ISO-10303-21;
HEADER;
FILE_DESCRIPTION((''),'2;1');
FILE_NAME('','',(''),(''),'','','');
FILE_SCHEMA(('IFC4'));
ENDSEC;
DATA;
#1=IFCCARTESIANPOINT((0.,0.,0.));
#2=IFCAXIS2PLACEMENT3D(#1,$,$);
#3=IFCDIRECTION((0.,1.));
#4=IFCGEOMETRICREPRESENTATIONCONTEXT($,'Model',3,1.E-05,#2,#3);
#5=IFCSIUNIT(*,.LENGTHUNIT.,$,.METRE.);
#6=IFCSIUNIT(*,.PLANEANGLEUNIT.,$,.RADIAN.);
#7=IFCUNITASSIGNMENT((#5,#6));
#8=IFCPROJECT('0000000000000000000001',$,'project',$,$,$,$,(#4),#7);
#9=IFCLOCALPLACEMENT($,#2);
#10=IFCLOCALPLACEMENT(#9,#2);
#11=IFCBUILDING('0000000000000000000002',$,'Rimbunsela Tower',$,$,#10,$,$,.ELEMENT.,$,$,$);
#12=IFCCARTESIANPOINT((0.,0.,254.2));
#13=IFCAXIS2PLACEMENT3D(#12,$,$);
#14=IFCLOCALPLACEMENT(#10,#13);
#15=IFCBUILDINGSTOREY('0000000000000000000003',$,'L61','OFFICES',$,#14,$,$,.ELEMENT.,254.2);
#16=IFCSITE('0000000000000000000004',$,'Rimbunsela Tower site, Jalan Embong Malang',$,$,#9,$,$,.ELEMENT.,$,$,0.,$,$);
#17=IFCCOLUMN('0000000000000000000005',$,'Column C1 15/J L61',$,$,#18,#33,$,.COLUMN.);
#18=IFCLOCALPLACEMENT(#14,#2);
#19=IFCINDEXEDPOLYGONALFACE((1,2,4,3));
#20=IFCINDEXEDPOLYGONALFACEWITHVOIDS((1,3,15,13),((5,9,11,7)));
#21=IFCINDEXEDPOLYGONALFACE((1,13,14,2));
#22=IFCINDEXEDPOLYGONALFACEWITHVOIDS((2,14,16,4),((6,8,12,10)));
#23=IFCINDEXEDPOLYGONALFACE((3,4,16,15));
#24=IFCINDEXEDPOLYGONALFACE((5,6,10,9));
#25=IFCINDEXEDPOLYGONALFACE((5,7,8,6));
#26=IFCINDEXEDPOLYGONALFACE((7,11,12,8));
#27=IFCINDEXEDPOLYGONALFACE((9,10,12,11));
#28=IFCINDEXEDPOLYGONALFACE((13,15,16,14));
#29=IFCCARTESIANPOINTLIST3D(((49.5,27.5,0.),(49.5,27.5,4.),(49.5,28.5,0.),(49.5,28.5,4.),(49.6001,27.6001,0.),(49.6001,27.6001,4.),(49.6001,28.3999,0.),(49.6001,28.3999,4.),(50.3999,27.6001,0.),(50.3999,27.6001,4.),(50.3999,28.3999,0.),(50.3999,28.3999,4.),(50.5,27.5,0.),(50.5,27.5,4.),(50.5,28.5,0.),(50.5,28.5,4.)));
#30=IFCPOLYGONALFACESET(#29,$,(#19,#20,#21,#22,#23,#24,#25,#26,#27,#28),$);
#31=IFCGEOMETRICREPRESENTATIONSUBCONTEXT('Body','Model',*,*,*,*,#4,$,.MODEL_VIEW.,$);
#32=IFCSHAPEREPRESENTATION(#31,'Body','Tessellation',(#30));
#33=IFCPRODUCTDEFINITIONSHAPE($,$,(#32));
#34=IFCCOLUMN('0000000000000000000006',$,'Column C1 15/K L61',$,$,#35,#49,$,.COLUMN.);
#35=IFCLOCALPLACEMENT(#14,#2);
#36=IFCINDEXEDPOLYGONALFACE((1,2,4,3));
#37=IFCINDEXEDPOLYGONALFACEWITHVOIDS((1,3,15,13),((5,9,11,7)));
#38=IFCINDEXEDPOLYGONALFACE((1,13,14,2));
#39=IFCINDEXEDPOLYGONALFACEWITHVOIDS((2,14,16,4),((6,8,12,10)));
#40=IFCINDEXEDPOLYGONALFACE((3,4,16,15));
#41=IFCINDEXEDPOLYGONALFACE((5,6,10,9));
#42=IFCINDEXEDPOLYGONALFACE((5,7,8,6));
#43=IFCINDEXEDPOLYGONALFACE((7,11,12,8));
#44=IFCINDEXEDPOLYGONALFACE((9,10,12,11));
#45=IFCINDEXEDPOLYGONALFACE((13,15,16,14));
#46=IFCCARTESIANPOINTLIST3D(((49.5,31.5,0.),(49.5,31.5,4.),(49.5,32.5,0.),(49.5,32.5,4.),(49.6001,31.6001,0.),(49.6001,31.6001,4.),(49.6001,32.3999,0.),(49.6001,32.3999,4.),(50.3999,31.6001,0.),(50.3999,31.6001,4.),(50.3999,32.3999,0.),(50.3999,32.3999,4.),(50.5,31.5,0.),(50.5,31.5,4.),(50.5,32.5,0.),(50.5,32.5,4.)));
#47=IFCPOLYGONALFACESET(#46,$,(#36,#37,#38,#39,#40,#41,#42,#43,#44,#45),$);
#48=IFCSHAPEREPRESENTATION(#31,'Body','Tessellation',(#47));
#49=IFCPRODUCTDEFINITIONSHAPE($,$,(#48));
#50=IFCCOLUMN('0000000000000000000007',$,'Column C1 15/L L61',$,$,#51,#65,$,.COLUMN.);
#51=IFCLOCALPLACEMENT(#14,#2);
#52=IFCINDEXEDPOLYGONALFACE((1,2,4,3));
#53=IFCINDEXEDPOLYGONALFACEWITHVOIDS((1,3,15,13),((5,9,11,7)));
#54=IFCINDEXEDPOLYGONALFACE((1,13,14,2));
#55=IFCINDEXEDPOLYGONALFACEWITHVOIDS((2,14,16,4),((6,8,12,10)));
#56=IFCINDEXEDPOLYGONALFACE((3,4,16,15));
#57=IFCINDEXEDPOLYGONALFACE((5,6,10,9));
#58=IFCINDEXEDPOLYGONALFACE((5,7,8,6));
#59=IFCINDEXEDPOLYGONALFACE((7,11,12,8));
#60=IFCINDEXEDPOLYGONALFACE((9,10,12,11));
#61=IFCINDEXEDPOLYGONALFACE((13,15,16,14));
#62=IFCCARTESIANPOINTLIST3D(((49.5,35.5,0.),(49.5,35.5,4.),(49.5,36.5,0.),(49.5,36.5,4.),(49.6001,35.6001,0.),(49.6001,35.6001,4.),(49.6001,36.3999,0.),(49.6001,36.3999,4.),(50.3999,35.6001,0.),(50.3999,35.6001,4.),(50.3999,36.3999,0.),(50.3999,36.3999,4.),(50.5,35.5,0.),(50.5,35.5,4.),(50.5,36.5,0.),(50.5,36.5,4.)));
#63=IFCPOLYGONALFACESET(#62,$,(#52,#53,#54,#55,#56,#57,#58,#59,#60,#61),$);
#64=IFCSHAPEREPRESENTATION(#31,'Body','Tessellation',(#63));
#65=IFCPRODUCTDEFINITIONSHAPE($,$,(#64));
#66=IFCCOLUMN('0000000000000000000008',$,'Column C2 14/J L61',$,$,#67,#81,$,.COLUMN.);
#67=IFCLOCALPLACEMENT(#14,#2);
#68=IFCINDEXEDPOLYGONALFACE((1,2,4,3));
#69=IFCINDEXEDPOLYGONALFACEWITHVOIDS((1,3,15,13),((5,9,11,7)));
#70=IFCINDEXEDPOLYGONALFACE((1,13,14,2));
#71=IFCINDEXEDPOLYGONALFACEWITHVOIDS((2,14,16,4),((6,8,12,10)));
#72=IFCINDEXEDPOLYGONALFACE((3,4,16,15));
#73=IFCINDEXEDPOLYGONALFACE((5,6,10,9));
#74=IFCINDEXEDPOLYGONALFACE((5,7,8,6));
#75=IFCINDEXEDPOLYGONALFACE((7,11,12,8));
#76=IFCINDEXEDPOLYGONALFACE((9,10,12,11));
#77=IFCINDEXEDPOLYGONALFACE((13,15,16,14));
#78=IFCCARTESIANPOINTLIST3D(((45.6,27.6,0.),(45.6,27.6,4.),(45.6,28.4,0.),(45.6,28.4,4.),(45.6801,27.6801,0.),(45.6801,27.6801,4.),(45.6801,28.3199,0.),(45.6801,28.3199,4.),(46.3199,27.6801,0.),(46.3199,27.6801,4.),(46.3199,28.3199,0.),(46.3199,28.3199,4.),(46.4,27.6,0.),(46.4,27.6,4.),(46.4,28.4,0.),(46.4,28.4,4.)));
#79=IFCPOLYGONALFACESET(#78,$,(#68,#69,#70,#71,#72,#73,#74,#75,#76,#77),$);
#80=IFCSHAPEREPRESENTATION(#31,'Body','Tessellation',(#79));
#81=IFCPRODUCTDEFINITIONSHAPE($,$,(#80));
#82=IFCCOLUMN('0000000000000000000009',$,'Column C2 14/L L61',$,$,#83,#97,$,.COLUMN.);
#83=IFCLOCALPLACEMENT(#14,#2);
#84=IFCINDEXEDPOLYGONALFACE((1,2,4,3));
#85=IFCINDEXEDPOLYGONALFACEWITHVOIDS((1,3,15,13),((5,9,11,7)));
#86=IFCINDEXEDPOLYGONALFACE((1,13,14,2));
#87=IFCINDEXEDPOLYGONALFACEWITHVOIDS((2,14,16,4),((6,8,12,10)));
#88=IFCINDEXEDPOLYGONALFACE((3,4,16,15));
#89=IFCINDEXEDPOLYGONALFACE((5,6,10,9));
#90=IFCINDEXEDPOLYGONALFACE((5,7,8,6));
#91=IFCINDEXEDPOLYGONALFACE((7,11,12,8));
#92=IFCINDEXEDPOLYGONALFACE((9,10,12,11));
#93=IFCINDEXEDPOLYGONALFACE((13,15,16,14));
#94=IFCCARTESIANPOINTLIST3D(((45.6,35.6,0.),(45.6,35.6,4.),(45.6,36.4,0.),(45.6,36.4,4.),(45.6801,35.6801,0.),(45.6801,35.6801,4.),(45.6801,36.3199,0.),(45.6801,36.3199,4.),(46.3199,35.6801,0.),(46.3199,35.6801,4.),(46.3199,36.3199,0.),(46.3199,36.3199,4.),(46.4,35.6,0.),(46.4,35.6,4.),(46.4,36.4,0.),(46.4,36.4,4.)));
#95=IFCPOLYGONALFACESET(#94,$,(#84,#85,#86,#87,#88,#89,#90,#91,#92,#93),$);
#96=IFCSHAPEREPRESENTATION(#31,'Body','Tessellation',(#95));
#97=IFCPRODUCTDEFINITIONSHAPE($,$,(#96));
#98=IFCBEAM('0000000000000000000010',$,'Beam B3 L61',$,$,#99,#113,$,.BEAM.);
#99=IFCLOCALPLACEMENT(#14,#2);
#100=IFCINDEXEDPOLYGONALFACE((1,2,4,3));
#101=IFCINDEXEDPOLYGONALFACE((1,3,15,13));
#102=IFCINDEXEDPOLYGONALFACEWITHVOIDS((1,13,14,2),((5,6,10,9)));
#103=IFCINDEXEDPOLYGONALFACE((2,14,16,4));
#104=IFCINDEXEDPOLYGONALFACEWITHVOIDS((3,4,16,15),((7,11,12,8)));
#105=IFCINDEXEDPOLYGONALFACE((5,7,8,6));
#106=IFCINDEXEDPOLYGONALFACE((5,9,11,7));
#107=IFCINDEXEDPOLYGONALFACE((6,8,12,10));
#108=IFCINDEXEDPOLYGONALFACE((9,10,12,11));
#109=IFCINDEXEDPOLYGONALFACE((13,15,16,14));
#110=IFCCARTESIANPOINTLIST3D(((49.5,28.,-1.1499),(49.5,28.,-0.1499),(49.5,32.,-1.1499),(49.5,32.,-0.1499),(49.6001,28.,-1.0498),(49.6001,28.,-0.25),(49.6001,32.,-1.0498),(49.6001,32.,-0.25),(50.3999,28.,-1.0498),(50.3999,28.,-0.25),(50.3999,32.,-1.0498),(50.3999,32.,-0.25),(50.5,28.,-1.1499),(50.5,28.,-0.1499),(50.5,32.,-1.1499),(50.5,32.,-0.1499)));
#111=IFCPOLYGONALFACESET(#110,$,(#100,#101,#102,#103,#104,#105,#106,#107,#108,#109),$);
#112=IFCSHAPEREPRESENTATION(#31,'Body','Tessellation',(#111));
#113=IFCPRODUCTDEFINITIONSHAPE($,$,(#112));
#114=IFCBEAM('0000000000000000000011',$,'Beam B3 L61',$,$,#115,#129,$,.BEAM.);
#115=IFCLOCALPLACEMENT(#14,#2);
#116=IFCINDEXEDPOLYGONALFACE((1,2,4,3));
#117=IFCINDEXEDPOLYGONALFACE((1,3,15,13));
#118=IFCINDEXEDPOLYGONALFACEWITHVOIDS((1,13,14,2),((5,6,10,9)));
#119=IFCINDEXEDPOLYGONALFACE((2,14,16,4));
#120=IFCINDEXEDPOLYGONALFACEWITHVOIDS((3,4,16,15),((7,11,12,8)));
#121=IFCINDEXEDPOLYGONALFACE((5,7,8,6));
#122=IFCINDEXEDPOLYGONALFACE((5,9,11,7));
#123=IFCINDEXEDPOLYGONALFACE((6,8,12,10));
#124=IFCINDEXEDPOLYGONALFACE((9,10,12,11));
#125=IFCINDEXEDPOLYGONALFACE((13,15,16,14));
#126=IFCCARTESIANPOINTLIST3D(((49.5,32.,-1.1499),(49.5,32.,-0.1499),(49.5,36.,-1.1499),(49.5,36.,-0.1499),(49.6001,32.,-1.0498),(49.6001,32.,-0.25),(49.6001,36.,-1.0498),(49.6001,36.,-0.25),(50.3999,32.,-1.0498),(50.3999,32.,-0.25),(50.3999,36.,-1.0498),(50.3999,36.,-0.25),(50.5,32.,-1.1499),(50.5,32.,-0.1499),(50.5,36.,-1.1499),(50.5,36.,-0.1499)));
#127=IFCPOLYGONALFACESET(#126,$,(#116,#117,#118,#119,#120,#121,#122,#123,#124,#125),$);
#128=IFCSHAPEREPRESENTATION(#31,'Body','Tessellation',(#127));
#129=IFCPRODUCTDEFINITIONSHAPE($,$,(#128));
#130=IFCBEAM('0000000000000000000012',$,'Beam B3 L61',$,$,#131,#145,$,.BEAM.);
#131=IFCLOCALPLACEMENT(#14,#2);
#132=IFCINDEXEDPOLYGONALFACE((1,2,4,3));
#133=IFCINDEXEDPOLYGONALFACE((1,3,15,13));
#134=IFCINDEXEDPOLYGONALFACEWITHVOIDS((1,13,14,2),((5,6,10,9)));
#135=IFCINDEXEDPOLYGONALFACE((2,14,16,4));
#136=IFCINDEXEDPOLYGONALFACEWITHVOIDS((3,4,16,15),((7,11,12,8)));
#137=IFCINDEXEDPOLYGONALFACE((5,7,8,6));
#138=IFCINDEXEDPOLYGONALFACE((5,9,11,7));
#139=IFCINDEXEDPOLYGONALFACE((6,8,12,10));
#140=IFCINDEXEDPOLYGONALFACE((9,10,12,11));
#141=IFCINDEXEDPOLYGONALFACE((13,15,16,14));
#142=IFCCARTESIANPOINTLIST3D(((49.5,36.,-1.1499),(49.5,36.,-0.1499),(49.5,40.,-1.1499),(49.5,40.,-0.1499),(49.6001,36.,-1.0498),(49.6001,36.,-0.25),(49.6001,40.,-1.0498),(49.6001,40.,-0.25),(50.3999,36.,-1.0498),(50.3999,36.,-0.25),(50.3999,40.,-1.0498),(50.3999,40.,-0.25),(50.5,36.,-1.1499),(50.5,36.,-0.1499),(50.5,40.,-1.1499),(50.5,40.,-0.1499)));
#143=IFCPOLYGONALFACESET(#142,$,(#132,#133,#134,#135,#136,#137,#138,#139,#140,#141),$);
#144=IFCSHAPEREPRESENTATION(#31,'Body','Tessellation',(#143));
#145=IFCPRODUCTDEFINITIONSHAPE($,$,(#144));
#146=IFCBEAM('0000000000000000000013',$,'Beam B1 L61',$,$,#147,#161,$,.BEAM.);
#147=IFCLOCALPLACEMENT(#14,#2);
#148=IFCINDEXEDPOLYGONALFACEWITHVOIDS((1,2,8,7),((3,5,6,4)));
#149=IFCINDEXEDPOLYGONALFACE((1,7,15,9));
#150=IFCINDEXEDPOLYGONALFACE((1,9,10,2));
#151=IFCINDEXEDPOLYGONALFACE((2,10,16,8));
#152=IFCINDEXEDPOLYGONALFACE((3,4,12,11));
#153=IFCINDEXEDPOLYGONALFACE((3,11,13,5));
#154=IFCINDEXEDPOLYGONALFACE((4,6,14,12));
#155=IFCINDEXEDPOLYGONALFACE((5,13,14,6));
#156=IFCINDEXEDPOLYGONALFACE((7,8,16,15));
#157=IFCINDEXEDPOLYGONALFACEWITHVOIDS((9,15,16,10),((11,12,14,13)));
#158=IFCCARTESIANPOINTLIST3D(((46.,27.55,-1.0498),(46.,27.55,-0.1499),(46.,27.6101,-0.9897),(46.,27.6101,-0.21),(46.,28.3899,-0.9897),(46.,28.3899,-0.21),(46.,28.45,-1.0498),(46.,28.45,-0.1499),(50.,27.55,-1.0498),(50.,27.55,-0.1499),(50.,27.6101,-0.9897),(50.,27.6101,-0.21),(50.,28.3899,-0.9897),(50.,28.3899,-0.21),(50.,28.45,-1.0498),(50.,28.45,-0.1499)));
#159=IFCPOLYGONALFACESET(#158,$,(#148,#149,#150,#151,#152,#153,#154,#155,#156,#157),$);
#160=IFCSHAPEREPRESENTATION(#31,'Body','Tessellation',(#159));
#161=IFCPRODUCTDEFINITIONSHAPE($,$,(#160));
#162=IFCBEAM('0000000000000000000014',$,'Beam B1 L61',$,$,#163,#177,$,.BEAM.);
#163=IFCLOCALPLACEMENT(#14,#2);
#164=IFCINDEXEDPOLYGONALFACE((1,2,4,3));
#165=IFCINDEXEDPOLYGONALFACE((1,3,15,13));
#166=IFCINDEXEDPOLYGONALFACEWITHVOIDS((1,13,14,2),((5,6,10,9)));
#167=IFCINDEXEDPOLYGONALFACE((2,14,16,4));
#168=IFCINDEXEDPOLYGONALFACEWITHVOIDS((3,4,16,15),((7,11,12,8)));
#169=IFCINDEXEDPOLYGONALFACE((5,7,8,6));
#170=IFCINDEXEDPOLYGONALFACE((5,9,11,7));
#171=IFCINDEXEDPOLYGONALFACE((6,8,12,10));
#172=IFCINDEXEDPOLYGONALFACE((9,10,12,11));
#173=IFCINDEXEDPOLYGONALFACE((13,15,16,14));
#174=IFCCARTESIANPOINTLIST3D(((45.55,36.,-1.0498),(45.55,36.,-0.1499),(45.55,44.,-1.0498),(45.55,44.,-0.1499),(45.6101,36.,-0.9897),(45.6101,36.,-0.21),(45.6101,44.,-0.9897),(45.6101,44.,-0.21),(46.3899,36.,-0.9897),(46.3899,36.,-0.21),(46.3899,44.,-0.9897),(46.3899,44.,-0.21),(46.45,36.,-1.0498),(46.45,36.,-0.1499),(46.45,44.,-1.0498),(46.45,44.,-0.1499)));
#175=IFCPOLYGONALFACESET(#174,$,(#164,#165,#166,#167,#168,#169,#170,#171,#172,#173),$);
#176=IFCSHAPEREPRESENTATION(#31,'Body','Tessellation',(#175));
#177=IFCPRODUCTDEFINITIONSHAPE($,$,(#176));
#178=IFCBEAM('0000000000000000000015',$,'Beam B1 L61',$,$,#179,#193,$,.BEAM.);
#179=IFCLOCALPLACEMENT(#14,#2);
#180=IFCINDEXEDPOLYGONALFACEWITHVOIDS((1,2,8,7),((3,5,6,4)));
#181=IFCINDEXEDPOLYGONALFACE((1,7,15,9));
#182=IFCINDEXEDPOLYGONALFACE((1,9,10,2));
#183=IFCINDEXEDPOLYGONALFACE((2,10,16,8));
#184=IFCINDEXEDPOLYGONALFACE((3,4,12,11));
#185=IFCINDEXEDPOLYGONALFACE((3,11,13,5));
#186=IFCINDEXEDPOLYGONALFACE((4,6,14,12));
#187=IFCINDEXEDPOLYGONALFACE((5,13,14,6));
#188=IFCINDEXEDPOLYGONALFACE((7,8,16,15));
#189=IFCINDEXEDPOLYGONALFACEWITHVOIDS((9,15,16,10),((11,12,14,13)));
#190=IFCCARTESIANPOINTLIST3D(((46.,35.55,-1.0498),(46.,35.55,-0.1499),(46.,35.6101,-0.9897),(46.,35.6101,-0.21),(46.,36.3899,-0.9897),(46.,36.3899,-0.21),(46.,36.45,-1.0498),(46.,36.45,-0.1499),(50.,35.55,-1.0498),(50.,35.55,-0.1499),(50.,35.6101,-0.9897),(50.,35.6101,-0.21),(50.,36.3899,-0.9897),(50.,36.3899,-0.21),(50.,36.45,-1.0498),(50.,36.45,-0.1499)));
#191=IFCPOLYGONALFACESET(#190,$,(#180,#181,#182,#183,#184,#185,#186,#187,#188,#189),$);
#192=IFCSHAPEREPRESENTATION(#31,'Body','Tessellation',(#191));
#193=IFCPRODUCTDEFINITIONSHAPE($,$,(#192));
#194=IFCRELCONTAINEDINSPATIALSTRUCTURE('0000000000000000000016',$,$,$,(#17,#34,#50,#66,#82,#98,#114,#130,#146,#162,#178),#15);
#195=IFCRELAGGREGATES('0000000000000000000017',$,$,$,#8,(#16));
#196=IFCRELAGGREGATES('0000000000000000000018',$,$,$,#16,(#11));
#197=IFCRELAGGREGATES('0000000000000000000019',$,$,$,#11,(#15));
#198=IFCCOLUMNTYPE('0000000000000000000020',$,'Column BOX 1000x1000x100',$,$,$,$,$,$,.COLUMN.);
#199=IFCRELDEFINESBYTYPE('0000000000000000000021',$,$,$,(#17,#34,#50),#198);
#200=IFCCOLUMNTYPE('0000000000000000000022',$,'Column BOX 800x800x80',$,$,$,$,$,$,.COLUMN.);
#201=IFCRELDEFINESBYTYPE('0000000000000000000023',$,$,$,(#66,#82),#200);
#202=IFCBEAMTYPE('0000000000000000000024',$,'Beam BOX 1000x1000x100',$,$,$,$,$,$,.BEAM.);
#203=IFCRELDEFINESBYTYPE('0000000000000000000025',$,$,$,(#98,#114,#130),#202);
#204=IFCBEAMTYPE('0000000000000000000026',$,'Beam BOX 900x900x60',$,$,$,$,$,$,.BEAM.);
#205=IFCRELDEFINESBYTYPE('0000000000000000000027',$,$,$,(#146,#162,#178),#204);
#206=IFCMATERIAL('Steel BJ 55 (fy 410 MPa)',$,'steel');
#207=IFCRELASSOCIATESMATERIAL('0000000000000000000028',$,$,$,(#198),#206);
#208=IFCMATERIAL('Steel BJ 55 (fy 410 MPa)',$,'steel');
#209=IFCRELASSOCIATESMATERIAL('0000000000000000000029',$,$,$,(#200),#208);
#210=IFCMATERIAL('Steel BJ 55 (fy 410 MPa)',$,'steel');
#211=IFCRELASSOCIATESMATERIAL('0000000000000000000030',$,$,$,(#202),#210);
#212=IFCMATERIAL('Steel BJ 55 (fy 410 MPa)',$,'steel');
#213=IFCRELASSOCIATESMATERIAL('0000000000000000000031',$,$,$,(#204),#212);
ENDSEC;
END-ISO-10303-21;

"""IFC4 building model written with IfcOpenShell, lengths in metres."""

from ifc_helpers import new_model, si_unit, direction, frame, origin, origin_2d, place, context, subcontext, project, spatial, hollow_rectangle, extrude, material, material_profile, profile_set, type_object, element, save


model = new_model("IFC4")

# Units and contexts
model_context = context("Model", 3, precision=1e-05, world=origin(), true_north=direction((0.0, 1.0)))
body_context = subcontext(model_context, "Body", "Model", "MODEL_VIEW")
ifc_project = project(units=[si_unit("LENGTHUNIT", "METRE"), si_unit("PLANEANGLEUNIT", "RADIAN")], contexts=[model_context])

# Site, building, storey
site_placement = place(None, origin())
site = spatial("IfcSite", under=ifc_project, at=site_placement, Name="Rimbunsela Tower site, Jalan Embong Malang", CompositionType="ELEMENT", RefElevation=0.0)
building_placement = place(site_placement, origin())
building = spatial("IfcBuilding", under=site, at=building_placement, Name="Rimbunsela Tower", CompositionType="ELEMENT")
storey_placement = place(building_placement, frame((0.0, 0.0, 254.2)))
storey = spatial("IfcBuildingStorey", under=building, at=storey_placement, Name="L61", Description="OFFICES", CompositionType="ELEMENT", Elevation=254.2)

# Columns
ifc_material_1 = material(Name="Steel BJ 55 (fy 410 MPa)", Category="steel")
ifc_material_profile_1 = material_profile(ifc_material_1, hollow_rectangle(XDim=1.0, YDim=1.0, WallThickness=0.1001, at=origin_2d()), Name="BOX 1000x1000x100")
ifc_profile_set_1 = profile_set([ifc_material_profile_1], Name="Steel BJ 55 (fy 410 MPa)")
column_type_1 = type_object("IfcColumnType", Name="Column BOX 1000x1000x100", PredefinedType="COLUMN", material=ifc_profile_set_1)
for number, where, z_axis, x_axis, name in (
    (1, (50.0, 28.0, 0.0), (0.0, 0.0, 1.0), (1.0, 0.0, 0.0), "Column C1 15/J L61"),
    (2, (50.0, 32.0, 0.0), (0.0, 0.0, 1.0), (1.0, 0.0, 0.0), "Column C1 15/K L61"),
    (3, (50.0, 36.0, 0.0), (0.0, 0.0, 1.0), (1.0, 0.0, 0.0), "Column C1 15/L L61"),
):
    element("IfcColumn", number, at=place(storey_placement, frame(where, z_axis=z_axis, x_axis=x_axis)), inside=storey, type_object=column_type_1, Name=name, PredefinedType="COLUMN", context=body_context, shape_type="SweptSolid", body=[
        extrude(hollow_rectangle(XDim=1.0, YDim=1.0, WallThickness=0.1001, at=origin_2d()), origin(), (0.0, 0.0, 1.0), 4.0),
    ])
ifc_material_2 = material(Name="Steel BJ 55 (fy 410 MPa)", Category="steel")
ifc_material_profile_2 = material_profile(ifc_material_2, hollow_rectangle(XDim=0.8, YDim=0.8, WallThickness=0.0801, at=origin_2d()), Name="BOX 800x800x80")
ifc_profile_set_2 = profile_set([ifc_material_profile_2], Name="Steel BJ 55 (fy 410 MPa)")
column_type_2 = type_object("IfcColumnType", Name="Column BOX 800x800x80", PredefinedType="COLUMN", material=ifc_profile_set_2)
for number, where, z_axis, x_axis, name in (
    (4, (46.0, 28.0, 0.0), (0.0, 0.0, 1.0), (1.0, 0.0, 0.0), "Column C2 14/J L61"),
    (5, (46.0, 36.0, 0.0), (0.0, 0.0, 1.0), (1.0, 0.0, 0.0), "Column C2 14/L L61"),
):
    element("IfcColumn", number, at=place(storey_placement, frame(where, z_axis=z_axis, x_axis=x_axis)), inside=storey, type_object=column_type_2, Name=name, PredefinedType="COLUMN", context=body_context, shape_type="SweptSolid", body=[
        extrude(hollow_rectangle(XDim=0.8, YDim=0.8, WallThickness=0.0801, at=origin_2d()), origin(), (0.0, 0.0, 1.0), 4.0),
    ])

# Beams
ifc_material_3 = material(Name="Steel BJ 55 (fy 410 MPa)", Category="steel")
ifc_material_profile_3 = material_profile(ifc_material_3, hollow_rectangle(XDim=1.0, YDim=1.0, WallThickness=0.1001, at=origin_2d()), Name="BOX 1000x1000x100")
ifc_profile_set_3 = profile_set([ifc_material_profile_3], Name="Steel BJ 55 (fy 410 MPa)")
beam_type_1 = type_object("IfcBeamType", Name="Beam BOX 1000x1000x100", PredefinedType="BEAM", material=ifc_profile_set_3)
for number, where, z_axis, x_axis, name in (
    (6, (50.0, 28.0, -0.6499), (0.0, 1.0, 0.0), (-1.0, 0.0, 0.0), "Beam B3 L61"),
    (7, (50.0, 32.0, -0.6499), (0.0, 1.0, 0.0), (-1.0, 0.0, 0.0), "Beam B3 L61"),
    (8, (50.0, 36.0, -0.6499), (0.0, 1.0, 0.0), (-1.0, 0.0, 0.0), "Beam B3 L61"),
):
    element("IfcBeam", number, at=place(storey_placement, frame(where, z_axis=z_axis, x_axis=x_axis)), inside=storey, type_object=beam_type_1, Name=name, PredefinedType="BEAM", context=body_context, shape_type="SweptSolid", body=[
        extrude(hollow_rectangle(XDim=1.0, YDim=1.0, WallThickness=0.1001, at=origin_2d()), origin(), (0.0, 0.0, 1.0), 4.0),
    ])
ifc_material_4 = material(Name="Steel BJ 55 (fy 410 MPa)", Category="steel")
ifc_material_profile_4 = material_profile(ifc_material_4, hollow_rectangle(XDim=0.8999, YDim=0.8999, WallThickness=0.0601, at=origin_2d()), Name="BOX 900x900x60")
ifc_profile_set_4 = profile_set([ifc_material_profile_4], Name="Steel BJ 55 (fy 410 MPa)")
beam_type_2 = type_object("IfcBeamType", Name="Beam BOX 900x900x60", PredefinedType="BEAM", material=ifc_profile_set_4)
beam_1_placement = place(storey_placement, frame((46.0, 28.0, -0.5999), z_axis=(1.0, 0.0, 0.0), x_axis=(0.0, 1.0, 0.0)))
element("IfcBeam", 9, at=beam_1_placement, inside=storey, type_object=beam_type_2, Name="Beam B1 L61", PredefinedType="BEAM", context=body_context, shape_type="SweptSolid", body=[
    extrude(hollow_rectangle(XDim=0.8999, YDim=0.8999, WallThickness=0.0601, at=origin_2d()), origin(), (0.0, 0.0, 1.0), 4.0),
])
beam_2_placement = place(storey_placement, frame((46.0, 36.0, -0.5999), z_axis=(0.0, 1.0, 0.0), x_axis=(-1.0, 0.0, 0.0)))
element("IfcBeam", 10, at=beam_2_placement, inside=storey, type_object=beam_type_2, Name="Beam B1 L61", PredefinedType="BEAM", context=body_context, shape_type="SweptSolid", body=[
    extrude(hollow_rectangle(XDim=0.8999, YDim=0.8999, WallThickness=0.0601, at=origin_2d()), origin(), (0.0, 0.0, 1.0), 8.0),
])
beam_3_placement = place(storey_placement, frame((46.0, 36.0, -0.5999), z_axis=(1.0, 0.0, 0.0), x_axis=(0.0, 1.0, 0.0)))
element("IfcBeam", 11, at=beam_3_placement, inside=storey, type_object=beam_type_2, Name="Beam B1 L61", PredefinedType="BEAM", context=body_context, shape_type="SweptSolid", body=[
    extrude(hollow_rectangle(XDim=0.8999, YDim=0.8999, WallThickness=0.0601, at=origin_2d()), origin(), (0.0, 0.0, 1.0), 4.0),
])

save(model, "model.ifc")
